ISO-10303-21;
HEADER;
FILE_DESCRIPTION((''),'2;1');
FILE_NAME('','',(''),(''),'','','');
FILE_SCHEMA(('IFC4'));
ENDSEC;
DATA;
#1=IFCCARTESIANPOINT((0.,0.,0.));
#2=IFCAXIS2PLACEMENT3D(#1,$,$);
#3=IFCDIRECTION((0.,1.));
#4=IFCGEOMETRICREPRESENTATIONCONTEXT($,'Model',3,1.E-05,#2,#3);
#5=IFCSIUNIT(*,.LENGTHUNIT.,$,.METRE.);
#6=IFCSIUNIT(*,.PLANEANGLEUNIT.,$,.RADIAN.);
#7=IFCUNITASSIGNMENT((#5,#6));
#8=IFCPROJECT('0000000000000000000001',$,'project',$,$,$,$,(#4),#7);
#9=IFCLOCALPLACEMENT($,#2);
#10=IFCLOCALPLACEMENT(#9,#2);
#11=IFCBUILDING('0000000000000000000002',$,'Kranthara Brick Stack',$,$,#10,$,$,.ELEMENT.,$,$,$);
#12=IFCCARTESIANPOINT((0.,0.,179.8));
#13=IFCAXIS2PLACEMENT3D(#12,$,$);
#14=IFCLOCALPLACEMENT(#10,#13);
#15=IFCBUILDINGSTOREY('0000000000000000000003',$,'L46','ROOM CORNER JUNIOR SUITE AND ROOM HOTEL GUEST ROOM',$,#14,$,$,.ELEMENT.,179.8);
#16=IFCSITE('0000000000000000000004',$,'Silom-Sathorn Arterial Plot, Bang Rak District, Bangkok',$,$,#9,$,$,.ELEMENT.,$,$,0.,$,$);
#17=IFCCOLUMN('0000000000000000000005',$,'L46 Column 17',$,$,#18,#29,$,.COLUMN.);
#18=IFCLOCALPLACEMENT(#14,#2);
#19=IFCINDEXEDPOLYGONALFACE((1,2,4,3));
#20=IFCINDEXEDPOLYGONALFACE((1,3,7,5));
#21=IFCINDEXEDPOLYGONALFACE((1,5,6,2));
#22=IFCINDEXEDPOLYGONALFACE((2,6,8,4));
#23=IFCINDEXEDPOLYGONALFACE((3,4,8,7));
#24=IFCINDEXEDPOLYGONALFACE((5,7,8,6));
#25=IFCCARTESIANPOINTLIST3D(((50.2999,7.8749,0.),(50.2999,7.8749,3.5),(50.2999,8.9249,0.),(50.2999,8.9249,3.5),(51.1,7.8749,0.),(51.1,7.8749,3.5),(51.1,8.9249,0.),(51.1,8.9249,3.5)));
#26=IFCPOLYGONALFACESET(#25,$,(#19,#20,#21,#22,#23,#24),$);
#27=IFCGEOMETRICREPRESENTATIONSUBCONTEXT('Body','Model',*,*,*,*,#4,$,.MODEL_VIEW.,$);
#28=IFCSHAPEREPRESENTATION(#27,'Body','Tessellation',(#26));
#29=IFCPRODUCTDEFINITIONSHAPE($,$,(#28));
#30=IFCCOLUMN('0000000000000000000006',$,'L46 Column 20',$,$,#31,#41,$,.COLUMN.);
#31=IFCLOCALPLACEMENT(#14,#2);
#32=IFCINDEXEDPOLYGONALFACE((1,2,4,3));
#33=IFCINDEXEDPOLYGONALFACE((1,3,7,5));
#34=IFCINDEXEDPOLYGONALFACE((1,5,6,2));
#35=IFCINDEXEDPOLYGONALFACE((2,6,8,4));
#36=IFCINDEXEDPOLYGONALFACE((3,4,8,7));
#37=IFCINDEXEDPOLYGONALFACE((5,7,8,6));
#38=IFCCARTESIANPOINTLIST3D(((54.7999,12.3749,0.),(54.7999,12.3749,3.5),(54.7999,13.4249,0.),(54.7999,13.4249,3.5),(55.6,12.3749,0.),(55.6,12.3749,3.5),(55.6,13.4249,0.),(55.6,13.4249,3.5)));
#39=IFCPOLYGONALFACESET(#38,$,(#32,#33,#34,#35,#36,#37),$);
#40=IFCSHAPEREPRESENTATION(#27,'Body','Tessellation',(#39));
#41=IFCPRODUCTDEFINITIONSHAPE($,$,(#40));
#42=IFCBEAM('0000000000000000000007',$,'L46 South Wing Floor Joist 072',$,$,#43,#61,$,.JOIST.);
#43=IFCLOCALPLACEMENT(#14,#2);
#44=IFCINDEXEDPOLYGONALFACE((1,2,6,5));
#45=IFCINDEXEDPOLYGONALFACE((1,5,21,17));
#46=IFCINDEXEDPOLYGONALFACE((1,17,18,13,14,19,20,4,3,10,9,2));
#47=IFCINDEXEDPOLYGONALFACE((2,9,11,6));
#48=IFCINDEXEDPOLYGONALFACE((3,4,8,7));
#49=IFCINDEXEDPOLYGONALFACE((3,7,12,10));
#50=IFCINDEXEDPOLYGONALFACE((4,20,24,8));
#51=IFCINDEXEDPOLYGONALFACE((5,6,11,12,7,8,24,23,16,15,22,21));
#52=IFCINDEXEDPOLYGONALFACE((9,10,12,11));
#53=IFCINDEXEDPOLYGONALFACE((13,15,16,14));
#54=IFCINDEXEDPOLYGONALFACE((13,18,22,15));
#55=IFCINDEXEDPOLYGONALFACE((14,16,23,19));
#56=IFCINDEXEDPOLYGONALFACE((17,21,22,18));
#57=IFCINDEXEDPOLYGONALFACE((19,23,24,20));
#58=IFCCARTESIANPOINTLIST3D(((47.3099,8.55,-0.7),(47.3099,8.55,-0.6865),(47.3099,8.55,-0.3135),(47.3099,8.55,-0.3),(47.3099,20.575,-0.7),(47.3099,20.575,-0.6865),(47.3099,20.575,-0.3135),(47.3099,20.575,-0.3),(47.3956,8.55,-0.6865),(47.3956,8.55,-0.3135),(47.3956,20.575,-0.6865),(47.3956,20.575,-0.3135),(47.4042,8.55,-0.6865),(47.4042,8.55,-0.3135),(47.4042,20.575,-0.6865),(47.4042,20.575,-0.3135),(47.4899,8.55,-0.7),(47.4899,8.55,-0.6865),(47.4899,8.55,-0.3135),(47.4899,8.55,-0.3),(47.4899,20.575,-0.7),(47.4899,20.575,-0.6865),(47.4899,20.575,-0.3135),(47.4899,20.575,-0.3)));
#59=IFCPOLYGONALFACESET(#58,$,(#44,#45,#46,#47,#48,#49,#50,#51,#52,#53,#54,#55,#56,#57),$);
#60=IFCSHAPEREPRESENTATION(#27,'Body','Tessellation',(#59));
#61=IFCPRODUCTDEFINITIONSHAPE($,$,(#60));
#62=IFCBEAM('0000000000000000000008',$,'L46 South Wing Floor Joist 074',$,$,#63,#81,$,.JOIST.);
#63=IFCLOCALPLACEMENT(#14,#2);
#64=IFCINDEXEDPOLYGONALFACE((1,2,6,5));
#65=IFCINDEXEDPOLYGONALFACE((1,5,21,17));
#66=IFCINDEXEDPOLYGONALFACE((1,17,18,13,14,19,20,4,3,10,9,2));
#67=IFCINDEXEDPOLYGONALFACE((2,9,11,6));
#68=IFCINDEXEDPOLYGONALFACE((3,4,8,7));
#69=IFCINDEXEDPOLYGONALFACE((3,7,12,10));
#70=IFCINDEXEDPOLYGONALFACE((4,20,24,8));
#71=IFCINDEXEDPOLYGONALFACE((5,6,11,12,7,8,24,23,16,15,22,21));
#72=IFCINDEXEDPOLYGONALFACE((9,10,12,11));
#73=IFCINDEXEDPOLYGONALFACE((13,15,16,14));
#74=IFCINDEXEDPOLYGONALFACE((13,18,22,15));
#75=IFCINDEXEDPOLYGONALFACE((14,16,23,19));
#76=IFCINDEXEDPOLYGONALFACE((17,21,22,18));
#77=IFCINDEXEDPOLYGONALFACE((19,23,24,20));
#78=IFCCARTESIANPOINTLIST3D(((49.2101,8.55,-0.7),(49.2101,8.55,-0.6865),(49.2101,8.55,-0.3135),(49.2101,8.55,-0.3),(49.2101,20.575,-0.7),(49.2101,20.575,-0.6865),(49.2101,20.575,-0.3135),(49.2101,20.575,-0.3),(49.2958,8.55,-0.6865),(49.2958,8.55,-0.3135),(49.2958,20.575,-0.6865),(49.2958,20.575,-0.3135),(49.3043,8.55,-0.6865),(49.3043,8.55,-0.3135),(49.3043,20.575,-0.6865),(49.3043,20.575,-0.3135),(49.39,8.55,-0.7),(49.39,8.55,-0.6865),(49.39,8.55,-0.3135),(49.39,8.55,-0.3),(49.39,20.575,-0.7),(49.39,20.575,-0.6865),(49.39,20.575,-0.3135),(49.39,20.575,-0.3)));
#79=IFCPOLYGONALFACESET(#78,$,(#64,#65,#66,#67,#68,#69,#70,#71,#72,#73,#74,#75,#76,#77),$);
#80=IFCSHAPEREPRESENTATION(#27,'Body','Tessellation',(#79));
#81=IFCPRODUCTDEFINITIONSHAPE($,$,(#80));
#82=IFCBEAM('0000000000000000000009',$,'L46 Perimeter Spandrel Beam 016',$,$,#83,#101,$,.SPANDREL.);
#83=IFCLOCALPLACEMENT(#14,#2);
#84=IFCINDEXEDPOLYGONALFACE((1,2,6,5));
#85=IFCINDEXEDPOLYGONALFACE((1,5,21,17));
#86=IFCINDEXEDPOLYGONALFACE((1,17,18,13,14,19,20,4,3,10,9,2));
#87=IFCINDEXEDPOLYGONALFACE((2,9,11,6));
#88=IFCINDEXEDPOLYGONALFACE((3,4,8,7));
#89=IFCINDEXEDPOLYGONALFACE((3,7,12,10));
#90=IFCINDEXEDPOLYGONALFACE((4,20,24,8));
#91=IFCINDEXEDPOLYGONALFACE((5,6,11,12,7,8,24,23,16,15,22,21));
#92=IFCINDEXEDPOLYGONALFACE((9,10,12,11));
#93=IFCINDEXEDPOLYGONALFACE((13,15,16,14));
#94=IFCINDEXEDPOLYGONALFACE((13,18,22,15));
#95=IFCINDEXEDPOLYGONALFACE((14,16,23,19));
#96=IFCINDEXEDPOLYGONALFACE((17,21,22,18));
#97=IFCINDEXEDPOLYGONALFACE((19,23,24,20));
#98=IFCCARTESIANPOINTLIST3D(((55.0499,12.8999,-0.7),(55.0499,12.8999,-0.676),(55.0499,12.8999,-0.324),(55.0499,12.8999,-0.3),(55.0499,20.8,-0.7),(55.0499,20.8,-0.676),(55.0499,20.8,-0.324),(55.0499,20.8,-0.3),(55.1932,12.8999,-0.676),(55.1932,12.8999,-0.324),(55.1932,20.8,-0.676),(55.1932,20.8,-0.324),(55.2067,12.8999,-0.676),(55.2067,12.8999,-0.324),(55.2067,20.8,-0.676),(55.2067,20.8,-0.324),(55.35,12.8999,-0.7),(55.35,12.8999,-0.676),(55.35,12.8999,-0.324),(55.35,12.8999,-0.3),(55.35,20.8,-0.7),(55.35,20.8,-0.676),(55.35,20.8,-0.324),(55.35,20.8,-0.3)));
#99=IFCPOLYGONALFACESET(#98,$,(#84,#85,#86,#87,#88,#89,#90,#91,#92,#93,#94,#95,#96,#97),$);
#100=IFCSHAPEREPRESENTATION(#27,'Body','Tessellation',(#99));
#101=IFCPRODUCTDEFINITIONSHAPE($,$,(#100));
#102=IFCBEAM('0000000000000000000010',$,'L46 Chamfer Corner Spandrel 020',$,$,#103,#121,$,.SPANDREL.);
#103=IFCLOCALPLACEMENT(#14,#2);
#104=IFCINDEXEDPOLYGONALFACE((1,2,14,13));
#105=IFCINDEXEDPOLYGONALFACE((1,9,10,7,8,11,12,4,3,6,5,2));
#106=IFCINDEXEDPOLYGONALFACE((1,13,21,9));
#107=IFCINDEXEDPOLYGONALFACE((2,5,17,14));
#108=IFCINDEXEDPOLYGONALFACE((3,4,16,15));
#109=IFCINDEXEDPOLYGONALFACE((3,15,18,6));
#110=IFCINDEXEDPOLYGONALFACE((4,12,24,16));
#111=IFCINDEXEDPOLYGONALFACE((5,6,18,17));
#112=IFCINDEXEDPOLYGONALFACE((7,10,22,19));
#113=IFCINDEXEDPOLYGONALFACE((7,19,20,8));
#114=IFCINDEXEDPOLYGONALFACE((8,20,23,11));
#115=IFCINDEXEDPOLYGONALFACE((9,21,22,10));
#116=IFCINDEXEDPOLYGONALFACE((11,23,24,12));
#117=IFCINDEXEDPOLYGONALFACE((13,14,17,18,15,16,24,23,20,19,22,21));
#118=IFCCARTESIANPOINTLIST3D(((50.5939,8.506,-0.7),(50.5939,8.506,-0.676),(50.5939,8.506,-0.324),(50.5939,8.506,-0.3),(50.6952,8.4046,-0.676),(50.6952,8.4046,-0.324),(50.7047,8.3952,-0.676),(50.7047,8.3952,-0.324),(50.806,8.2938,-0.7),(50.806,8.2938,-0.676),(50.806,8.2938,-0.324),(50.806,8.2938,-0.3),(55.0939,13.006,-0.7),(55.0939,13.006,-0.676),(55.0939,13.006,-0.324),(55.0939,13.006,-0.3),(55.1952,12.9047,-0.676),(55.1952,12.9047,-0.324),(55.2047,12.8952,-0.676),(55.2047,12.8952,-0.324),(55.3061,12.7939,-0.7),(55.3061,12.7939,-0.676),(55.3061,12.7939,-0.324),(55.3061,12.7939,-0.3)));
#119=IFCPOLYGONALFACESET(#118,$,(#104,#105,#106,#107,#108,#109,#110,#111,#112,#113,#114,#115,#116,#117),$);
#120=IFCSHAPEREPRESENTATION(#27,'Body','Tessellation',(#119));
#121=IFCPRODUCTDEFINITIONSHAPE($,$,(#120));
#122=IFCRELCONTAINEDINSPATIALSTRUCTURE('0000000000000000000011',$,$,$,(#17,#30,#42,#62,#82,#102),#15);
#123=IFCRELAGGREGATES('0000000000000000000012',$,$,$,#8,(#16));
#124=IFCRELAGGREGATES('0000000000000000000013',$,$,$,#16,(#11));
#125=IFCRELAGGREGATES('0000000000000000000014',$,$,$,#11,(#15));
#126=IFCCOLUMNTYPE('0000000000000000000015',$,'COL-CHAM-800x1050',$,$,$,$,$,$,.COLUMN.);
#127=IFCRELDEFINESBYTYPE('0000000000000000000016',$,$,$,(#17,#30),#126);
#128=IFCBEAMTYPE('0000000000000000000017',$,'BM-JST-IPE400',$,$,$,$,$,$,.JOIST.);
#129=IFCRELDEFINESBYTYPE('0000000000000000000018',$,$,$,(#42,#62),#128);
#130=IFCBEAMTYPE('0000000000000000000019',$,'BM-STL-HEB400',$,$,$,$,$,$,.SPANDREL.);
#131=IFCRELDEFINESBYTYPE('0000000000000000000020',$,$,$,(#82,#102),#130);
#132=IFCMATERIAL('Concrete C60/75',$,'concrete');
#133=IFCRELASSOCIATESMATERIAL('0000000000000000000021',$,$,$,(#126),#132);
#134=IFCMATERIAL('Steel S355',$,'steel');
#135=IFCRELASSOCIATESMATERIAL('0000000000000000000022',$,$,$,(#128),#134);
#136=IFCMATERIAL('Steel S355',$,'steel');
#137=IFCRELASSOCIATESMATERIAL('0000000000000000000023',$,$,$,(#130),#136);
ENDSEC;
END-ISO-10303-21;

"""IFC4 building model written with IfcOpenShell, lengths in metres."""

from ifc_helpers import new_model, si_unit, direction, frame, origin, origin_2d, place, context, subcontext, project, spatial, rectangle, i_section, extrude, material, material_profile, profile_set, type_object, element, save


model = new_model("IFC4")

# Units and contexts
model_context = context("Model", 3, precision=1e-05, world=origin(), true_north=direction((0.0, 1.0)))
body_context = subcontext(model_context, "Body", "Model", "MODEL_VIEW")
ifc_project = project(units=[si_unit("LENGTHUNIT", "METRE"), si_unit("PLANEANGLEUNIT", "RADIAN")], contexts=[model_context])

# Site, building, storey
site_placement = place(None, origin())
site = spatial("IfcSite", under=ifc_project, at=site_placement, Name="Silom-Sathorn Arterial Plot, Bang Rak District, Bangkok", CompositionType="ELEMENT", RefElevation=0.0)
building_placement = place(site_placement, origin())
building = spatial("IfcBuilding", under=site, at=building_placement, Name="Kranthara Brick Stack", CompositionType="ELEMENT")
storey_placement = place(building_placement, frame((0.0, 0.0, 179.8)))
storey = spatial("IfcBuildingStorey", under=building, at=storey_placement, Name="L46", Description="ROOM CORNER JUNIOR SUITE AND ROOM HOTEL GUEST ROOM", CompositionType="ELEMENT", Elevation=179.8)

# Columns
ifc_material_1 = material(Name="Concrete C60/75", Category="concrete")
ifc_material_profile_1 = material_profile(ifc_material_1, rectangle(XDim=0.8, YDim=1.05, at=origin_2d()), Name="RC 800x1050")
ifc_profile_set_1 = profile_set([ifc_material_profile_1], Name="Concrete C60/75")
column_type = type_object("IfcColumnType", Name="COL-CHAM-800x1050", PredefinedType="COLUMN", material=ifc_profile_set_1)
for number, where, z_axis, x_axis, name in (
    (1, (50.7, 8.3999, 0.0), (0.0, 0.0, 1.0), (1.0, 0.0, 0.0), "L46 Column 17"),
    (2, (55.2, 12.8999, 0.0), (0.0, 0.0, 1.0), (1.0, 0.0, 0.0), "L46 Column 20"),
):
    element("IfcColumn", number, at=place(storey_placement, frame(where, z_axis=z_axis, x_axis=x_axis)), inside=storey, type_object=column_type, Name=name, PredefinedType="COLUMN", context=body_context, shape_type="SweptSolid", body=[
        extrude(rectangle(XDim=0.8, YDim=1.05, at=origin_2d()), origin(), (0.0, 0.0, 1.0), 3.5),
    ])

# Beams
ifc_material_2 = material(Name="Steel S355", Category="steel")
ifc_material_profile_2 = material_profile(ifc_material_2, i_section(OverallWidth=0.1799, OverallDepth=0.3999, WebThickness=0.0085, FlangeThickness=0.0134, at=origin_2d()), Name="IPE 400")
ifc_profile_set_2 = profile_set([ifc_material_profile_2], Name="Steel S355")
beam_type_1 = type_object("IfcBeamType", Name="BM-JST-IPE400", PredefinedType="JOIST", material=ifc_profile_set_2)
for number, where, z_axis, x_axis, name in (
    (3, (47.3999, 8.55, -0.5), (0.0, 1.0, 0.0), (-1.0, 0.0, 0.0), "L46 South Wing Floor Joist 072"),
    (4, (49.3, 8.55, -0.5), (0.0, 1.0, 0.0), (-1.0, 0.0, 0.0), "L46 South Wing Floor Joist 074"),
):
    element("IfcBeam", number, at=place(storey_placement, frame(where, z_axis=z_axis, x_axis=x_axis)), inside=storey, type_object=beam_type_1, Name=name, PredefinedType="JOIST", context=body_context, shape_type="SweptSolid", body=[
        extrude(i_section(OverallWidth=0.1799, OverallDepth=0.3999, WebThickness=0.0085, FlangeThickness=0.0134, at=origin_2d()), origin(), (0.0, 0.0, 1.0), 12.0249),
    ])
ifc_material_3 = material(Name="Steel S355", Category="steel")
ifc_material_profile_3 = material_profile(ifc_material_3, i_section(OverallWidth=0.3, OverallDepth=0.3999, WebThickness=0.0134, FlangeThickness=0.0239, at=origin_2d()), Name="HEB 400")
ifc_profile_set_3 = profile_set([ifc_material_profile_3], Name="Steel S355")
beam_type_2 = type_object("IfcBeamType", Name="BM-STL-HEB400", PredefinedType="SPANDREL", material=ifc_profile_set_3)
beam_1_placement = place(storey_placement, frame((55.2, 12.8999, -0.5), z_axis=(0.0, 1.0, 0.0), x_axis=(-1.0, 0.0, 0.0)))
element("IfcBeam", 5, at=beam_1_placement, inside=storey, type_object=beam_type_2, Name="L46 Perimeter Spandrel Beam 016", PredefinedType="SPANDREL", context=body_context, shape_type="SweptSolid", body=[
    extrude(i_section(OverallWidth=0.3, OverallDepth=0.3999, WebThickness=0.0134, FlangeThickness=0.0239, at=origin_2d()), origin(), (0.0, 0.0, 1.0), 7.9001),
])
beam_2_placement = place(storey_placement, frame((50.7, 8.3999, -0.5), z_axis=(0.707107, 0.707107, 0.0), x_axis=(-0.707107, 0.707107, 0.0)))
element("IfcBeam", 6, at=beam_2_placement, inside=storey, type_object=beam_type_2, Name="L46 Chamfer Corner Spandrel 020", PredefinedType="SPANDREL", context=body_context, shape_type="SweptSolid", body=[
    extrude(i_section(OverallWidth=0.3, OverallDepth=0.3999, WebThickness=0.0134, FlangeThickness=0.0239, at=origin_2d()), origin(), (0.0, 0.0, 1.0), 6.364),
])

save(model, "model.ifc")
